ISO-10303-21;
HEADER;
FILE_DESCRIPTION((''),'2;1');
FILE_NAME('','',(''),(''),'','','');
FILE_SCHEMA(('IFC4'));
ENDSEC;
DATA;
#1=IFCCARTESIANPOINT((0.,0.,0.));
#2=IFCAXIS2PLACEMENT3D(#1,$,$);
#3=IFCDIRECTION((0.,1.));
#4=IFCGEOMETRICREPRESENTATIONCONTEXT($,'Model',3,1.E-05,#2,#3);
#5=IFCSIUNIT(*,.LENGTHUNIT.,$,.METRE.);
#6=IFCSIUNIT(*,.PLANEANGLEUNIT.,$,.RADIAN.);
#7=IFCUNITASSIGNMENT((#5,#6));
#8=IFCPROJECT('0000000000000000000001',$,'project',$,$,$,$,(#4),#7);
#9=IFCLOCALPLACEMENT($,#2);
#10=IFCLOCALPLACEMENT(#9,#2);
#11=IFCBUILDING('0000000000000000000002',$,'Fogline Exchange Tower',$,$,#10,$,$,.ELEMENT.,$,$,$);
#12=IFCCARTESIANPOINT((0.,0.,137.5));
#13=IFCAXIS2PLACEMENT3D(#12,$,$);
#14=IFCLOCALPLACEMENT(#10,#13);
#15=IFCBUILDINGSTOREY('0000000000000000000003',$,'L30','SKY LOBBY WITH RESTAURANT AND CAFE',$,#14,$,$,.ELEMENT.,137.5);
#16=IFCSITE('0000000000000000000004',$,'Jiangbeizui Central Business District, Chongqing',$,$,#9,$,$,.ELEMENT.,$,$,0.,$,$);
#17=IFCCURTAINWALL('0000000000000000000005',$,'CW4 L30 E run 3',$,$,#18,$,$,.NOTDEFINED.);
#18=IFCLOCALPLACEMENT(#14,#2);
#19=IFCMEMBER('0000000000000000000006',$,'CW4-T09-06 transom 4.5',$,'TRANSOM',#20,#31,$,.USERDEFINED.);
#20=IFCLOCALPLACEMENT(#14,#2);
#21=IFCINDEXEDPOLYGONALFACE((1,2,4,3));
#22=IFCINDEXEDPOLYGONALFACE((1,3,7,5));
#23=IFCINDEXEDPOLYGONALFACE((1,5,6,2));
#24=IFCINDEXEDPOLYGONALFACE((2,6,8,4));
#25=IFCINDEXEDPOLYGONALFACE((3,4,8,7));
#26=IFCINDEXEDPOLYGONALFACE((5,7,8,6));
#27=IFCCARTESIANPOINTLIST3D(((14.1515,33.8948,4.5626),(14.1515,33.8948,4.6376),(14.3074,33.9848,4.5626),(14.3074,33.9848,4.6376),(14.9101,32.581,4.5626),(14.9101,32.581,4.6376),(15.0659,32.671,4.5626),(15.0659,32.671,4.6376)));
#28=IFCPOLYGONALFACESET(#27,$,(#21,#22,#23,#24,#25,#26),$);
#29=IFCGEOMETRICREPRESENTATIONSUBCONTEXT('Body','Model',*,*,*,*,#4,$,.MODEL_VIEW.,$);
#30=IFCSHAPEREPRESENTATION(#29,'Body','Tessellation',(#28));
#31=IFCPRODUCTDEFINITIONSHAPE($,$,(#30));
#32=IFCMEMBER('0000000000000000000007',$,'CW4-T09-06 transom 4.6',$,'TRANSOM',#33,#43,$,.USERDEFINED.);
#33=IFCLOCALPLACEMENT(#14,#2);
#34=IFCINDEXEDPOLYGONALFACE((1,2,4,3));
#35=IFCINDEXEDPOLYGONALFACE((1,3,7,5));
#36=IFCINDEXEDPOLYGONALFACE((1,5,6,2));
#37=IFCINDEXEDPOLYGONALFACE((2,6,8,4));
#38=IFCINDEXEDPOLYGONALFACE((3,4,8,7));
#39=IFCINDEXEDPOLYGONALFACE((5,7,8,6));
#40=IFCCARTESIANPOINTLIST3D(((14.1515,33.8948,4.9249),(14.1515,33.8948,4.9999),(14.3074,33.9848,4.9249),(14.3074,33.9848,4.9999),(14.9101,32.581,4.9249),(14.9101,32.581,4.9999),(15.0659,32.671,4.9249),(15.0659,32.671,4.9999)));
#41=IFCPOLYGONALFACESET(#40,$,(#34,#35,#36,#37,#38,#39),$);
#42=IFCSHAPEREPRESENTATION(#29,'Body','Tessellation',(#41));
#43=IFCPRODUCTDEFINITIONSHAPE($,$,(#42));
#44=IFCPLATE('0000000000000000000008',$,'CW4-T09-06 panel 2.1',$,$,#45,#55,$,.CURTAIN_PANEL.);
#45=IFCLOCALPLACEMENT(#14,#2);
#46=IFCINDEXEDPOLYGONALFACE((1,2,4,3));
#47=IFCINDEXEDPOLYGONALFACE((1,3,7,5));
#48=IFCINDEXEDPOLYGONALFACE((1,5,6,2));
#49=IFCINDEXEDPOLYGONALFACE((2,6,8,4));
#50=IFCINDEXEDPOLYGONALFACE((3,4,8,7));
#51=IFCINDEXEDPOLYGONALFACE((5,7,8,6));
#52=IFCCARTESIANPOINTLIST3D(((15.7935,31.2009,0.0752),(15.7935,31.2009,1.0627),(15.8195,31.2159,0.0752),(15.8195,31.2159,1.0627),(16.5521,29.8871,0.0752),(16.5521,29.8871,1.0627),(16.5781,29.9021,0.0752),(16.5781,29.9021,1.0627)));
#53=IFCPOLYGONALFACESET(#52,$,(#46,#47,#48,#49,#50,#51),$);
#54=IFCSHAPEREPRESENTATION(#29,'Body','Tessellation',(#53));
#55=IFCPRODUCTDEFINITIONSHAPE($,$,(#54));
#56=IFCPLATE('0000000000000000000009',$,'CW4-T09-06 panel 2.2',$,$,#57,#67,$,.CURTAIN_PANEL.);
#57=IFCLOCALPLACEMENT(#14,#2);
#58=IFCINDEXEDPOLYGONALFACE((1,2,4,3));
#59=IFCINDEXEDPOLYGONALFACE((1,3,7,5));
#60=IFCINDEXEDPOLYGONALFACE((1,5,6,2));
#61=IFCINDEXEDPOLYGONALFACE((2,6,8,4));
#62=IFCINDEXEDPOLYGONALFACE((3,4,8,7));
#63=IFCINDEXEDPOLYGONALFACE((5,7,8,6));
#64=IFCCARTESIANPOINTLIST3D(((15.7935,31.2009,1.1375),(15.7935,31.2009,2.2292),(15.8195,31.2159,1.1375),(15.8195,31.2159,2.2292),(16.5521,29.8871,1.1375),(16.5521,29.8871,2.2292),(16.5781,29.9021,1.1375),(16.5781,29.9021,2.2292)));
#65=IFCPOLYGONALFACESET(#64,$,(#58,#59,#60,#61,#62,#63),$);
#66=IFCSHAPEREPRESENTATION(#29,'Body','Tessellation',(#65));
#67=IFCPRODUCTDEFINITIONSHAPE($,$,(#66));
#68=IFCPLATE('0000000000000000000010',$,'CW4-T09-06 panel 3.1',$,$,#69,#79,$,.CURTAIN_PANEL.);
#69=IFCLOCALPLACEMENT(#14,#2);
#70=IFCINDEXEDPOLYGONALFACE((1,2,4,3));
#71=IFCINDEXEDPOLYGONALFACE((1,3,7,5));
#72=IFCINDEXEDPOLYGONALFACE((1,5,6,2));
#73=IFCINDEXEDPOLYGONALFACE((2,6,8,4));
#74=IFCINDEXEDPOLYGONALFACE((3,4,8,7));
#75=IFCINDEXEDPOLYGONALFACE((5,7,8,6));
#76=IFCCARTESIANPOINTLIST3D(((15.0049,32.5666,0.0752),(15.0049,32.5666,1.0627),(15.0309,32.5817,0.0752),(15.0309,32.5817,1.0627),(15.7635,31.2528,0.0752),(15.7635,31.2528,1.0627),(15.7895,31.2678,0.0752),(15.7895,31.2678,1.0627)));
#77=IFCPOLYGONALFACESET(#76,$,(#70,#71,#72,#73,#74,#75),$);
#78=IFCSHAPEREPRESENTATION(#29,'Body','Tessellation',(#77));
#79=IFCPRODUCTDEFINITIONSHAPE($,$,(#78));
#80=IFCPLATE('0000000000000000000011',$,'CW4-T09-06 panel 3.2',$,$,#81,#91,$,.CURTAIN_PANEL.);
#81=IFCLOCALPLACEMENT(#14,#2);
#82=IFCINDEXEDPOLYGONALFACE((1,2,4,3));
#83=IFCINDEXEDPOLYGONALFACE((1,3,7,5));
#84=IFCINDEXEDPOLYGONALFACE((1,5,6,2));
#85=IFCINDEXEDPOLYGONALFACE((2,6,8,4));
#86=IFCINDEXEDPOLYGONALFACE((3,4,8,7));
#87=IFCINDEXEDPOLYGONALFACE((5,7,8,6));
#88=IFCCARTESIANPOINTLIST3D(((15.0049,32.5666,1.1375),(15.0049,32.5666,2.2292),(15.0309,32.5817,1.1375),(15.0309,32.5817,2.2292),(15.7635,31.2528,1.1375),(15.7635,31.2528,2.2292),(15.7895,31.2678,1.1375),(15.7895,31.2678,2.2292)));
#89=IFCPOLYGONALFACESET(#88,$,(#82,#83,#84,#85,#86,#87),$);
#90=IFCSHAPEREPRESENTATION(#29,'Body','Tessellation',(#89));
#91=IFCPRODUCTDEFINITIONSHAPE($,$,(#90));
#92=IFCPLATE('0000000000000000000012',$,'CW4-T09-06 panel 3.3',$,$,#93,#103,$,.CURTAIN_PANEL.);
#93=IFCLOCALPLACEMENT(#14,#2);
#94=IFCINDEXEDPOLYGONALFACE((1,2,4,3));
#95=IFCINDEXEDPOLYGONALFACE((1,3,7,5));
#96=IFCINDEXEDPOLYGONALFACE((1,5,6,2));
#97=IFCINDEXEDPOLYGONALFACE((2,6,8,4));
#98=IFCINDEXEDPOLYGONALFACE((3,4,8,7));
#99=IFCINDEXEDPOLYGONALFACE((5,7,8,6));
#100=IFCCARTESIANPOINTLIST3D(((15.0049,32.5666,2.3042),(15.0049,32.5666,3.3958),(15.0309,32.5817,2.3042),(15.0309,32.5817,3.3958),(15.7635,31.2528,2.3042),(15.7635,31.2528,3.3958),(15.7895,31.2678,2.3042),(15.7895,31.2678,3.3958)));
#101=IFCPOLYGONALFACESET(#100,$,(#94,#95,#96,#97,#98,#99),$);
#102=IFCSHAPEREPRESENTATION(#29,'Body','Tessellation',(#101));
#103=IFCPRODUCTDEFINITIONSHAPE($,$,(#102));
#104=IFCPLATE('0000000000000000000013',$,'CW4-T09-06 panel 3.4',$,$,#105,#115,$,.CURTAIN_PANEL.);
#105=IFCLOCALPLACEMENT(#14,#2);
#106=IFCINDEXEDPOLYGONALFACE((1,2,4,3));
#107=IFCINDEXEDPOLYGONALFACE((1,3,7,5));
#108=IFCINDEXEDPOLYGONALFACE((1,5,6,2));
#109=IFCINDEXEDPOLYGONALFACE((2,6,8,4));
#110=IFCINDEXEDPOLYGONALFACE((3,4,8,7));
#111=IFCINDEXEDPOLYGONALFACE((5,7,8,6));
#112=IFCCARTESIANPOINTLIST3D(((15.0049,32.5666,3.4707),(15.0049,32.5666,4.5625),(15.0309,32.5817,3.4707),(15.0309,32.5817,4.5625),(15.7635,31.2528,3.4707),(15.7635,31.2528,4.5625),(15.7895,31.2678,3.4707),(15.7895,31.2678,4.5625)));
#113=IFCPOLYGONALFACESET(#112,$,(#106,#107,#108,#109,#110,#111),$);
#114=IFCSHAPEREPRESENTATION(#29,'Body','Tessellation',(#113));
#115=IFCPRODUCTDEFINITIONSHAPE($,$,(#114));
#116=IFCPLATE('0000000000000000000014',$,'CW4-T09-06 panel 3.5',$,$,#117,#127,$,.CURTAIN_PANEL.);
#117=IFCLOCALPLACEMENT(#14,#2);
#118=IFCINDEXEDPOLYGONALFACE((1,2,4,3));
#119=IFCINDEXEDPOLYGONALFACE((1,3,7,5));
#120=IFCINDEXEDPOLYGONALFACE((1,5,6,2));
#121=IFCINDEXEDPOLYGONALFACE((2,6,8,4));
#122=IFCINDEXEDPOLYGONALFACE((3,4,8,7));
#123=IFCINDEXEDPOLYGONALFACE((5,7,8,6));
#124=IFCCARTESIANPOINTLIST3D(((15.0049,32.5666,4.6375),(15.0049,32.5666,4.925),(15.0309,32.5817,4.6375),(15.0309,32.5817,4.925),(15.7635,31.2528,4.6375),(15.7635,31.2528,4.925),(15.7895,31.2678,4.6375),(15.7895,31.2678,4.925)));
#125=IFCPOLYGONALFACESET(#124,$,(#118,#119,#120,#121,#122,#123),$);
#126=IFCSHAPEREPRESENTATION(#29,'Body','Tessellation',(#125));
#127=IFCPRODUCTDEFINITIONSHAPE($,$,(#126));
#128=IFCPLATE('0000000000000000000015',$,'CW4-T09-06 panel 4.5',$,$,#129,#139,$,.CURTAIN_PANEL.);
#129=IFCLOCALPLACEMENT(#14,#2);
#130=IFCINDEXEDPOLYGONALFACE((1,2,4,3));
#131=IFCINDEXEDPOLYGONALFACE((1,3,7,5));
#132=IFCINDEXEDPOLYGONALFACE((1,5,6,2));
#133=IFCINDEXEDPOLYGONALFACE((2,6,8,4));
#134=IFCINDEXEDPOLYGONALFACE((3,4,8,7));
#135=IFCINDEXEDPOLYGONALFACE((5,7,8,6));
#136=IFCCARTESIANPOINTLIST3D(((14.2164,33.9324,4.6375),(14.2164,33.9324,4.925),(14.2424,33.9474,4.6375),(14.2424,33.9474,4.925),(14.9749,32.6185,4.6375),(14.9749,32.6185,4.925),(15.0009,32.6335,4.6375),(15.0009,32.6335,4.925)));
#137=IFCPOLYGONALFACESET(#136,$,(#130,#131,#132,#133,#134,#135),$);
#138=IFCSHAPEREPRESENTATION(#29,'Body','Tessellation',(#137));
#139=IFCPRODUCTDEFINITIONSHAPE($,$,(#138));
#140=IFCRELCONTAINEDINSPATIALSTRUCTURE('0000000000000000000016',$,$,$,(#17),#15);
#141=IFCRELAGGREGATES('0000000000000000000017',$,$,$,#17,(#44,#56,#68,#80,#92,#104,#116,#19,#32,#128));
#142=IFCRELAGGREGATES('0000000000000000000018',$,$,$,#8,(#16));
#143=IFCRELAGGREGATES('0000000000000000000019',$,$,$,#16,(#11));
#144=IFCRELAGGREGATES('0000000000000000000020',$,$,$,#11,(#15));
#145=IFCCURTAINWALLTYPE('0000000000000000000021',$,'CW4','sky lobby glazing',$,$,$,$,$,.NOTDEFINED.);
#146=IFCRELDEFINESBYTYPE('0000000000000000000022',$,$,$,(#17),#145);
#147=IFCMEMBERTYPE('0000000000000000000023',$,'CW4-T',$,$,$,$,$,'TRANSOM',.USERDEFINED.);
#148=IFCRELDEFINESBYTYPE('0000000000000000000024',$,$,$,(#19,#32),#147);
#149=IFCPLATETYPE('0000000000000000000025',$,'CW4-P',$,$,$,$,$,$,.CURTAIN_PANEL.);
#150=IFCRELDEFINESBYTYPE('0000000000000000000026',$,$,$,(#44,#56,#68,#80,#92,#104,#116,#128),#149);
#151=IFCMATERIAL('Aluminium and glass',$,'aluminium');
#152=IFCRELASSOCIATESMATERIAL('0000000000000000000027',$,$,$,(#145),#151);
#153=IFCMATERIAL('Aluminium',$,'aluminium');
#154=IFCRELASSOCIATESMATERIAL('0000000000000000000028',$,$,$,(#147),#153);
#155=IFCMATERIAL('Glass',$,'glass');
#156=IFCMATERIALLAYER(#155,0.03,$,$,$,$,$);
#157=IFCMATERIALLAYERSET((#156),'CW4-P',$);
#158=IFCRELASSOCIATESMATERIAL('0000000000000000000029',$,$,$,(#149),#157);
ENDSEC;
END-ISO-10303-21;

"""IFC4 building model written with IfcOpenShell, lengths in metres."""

from ifc_helpers import new_model, si_unit, direction, frame, origin, origin_2d, place, context, subcontext, project, spatial, rectangle, extrude, material, layer, layer_set, material_profile, profile_set, type_object, element, aggregate, save


model = new_model("IFC4")

# Units and contexts
model_context = context("Model", 3, precision=1e-05, world=origin(), true_north=direction((0.0, 1.0)))
body_context = subcontext(model_context, "Body", "Model", "MODEL_VIEW")
ifc_project = project(units=[si_unit("LENGTHUNIT", "METRE"), si_unit("PLANEANGLEUNIT", "RADIAN")], contexts=[model_context])

# Site, building, storey
site_placement = place(None, origin())
site = spatial("IfcSite", under=ifc_project, at=site_placement, Name="Jiangbeizui Central Business District, Chongqing", CompositionType="ELEMENT", RefElevation=0.0)
building_placement = place(site_placement, origin())
building = spatial("IfcBuilding", under=site, at=building_placement, Name="Fogline Exchange Tower", CompositionType="ELEMENT")
storey_placement = place(building_placement, frame((0.0, 0.0, 137.5)))
storey = spatial("IfcBuildingStorey", under=building, at=storey_placement, Name="L30", Description="SKY LOBBY WITH RESTAURANT AND CAFE", CompositionType="ELEMENT", Elevation=137.5)

# Curtain wall, members, plates
ifc_material_1 = material(Name="Aluminium and glass", Category="aluminium")
curtain_wall_type = type_object("IfcCurtainWallType", Name="CW4", Description="sky lobby glazing", PredefinedType="NOTDEFINED", material=ifc_material_1)
curtain_wall_placement = place(storey_placement, origin())
curtain_wall = element("IfcCurtainWall", 1, at=curtain_wall_placement, inside=storey, type_object=curtain_wall_type, Name="CW4 L30 E run 3", PredefinedType="NOTDEFINED")
ifc_material_2 = material(Name="Aluminium", Category="aluminium")
ifc_material_profile_1 = material_profile(ifc_material_2, rectangle(XDim=0.1799, YDim=0.075, at=origin_2d()), Name="Transom 75x180")
ifc_profile_set_1 = profile_set([ifc_material_profile_1], Name="Aluminium")
member_type_1 = type_object("IfcMemberType", Name="CW4-T", ElementType="TRANSOM", PredefinedType="USERDEFINED", material=ifc_profile_set_1)
member_1_placement = place(storey_placement, frame((14.988, 32.626, 4.6001), z_axis=(-0.500034, 0.866006, 0.0), x_axis=(-0.866006, -0.500034, 0.0)))
member_1 = element("IfcMember", 2, at=member_1_placement, type_object=member_type_1, Name="CW4-T09-06 transom 4.5", ObjectType="TRANSOM", PredefinedType="USERDEFINED", context=body_context, shape_type="SweptSolid", body=[
    extrude(rectangle(XDim=0.1799, YDim=0.075, at=origin_2d()), origin(), (0.0, 0.0, 1.0), 1.5171),
])
member_2_placement = place(storey_placement, frame((14.988, 32.626, 4.9624), z_axis=(-0.500034, 0.866006, 0.0), x_axis=(-0.866006, -0.500034, 0.0)))
member_2 = element("IfcMember", 3, at=member_2_placement, type_object=member_type_1, Name="CW4-T09-06 transom 4.6", ObjectType="TRANSOM", PredefinedType="USERDEFINED", context=body_context, shape_type="SweptSolid", body=[
    extrude(rectangle(XDim=0.1799, YDim=0.075, at=origin_2d()), origin(), (0.0, 0.0, 1.0), 1.5171),
])
ifc_material_3 = material(Name="Glass", Category="glass")
ifc_layer = layer(ifc_material_3, 0.03)
ifc_layer_set = layer_set([ifc_layer], Name="CW4-P")
plate_type = type_object("IfcPlateType", Name="CW4-P", PredefinedType="CURTAIN_PANEL", material=ifc_layer_set)
plate_1_placement = place(storey_placement, frame((16.1858, 30.5515, 0.0752), z_axis=(0.0, 0.0, 1.0), x_axis=(-0.5, 0.866025, 0.0)))
plate_1 = element("IfcPlate", 4, at=plate_1_placement, type_object=plate_type, Name="CW4-T09-06 panel 2.1", PredefinedType="CURTAIN_PANEL", context=body_context, shape_type="SweptSolid", body=[
    extrude(rectangle(XDim=1.5171, YDim=0.03, at=origin_2d()), origin(), (0.0, 0.0, 1.0), 0.9875),
])
plate_2_placement = place(storey_placement, frame((16.1858, 30.5515, 1.1375), z_axis=(0.0, 0.0, 1.0), x_axis=(-0.5, 0.866025, 0.0)))
plate_2 = element("IfcPlate", 5, at=plate_2_placement, type_object=plate_type, Name="CW4-T09-06 panel 2.2", PredefinedType="CURTAIN_PANEL", context=body_context, shape_type="SweptSolid", body=[
    extrude(rectangle(XDim=1.5171, YDim=0.03, at=origin_2d()), origin(), (0.0, 0.0, 1.0), 1.0918),
])
plate_3_placement = place(storey_placement, frame((15.3972, 31.9172, 0.0752), z_axis=(0.0, 0.0, 1.0), x_axis=(-0.5, 0.866025, 0.0)))
plate_3 = element("IfcPlate", 6, at=plate_3_placement, type_object=plate_type, Name="CW4-T09-06 panel 3.1", PredefinedType="CURTAIN_PANEL", context=body_context, shape_type="SweptSolid", body=[
    extrude(rectangle(XDim=1.5171, YDim=0.03, at=origin_2d()), origin(), (0.0, 0.0, 1.0), 0.9875),
])
plate_4_placement = place(storey_placement, frame((15.3972, 31.9172, 1.1375), z_axis=(0.0, 0.0, 1.0), x_axis=(-0.5, 0.866025, 0.0)))
plate_4 = element("IfcPlate", 7, at=plate_4_placement, type_object=plate_type, Name="CW4-T09-06 panel 3.2", PredefinedType="CURTAIN_PANEL", context=body_context, shape_type="SweptSolid", body=[
    extrude(rectangle(XDim=1.5171, YDim=0.03, at=origin_2d()), origin(), (0.0, 0.0, 1.0), 1.0918),
])
plate_5_placement = place(storey_placement, frame((15.3972, 31.9172, 2.3042), z_axis=(0.0, 0.0, 1.0), x_axis=(-0.5, 0.866025, 0.0)))
plate_5 = element("IfcPlate", 8, at=plate_5_placement, type_object=plate_type, Name="CW4-T09-06 panel 3.3", PredefinedType="CURTAIN_PANEL", context=body_context, shape_type="SweptSolid", body=[
    extrude(rectangle(XDim=1.5171, YDim=0.03, at=origin_2d()), origin(), (0.0, 0.0, 1.0), 1.0916),
])
plate_6_placement = place(storey_placement, frame((15.3972, 31.9172, 3.4707), z_axis=(0.0, 0.0, 1.0), x_axis=(-0.5, 0.866025, 0.0)))
plate_6 = element("IfcPlate", 9, at=plate_6_placement, type_object=plate_type, Name="CW4-T09-06 panel 3.4", PredefinedType="CURTAIN_PANEL", context=body_context, shape_type="SweptSolid", body=[
    extrude(rectangle(XDim=1.5171, YDim=0.03, at=origin_2d()), origin(), (0.0, 0.0, 1.0), 1.0918),
])
plate_7_placement = place(storey_placement, frame((15.3972, 31.9172, 4.6375), z_axis=(0.0, 0.0, 1.0), x_axis=(-0.5, 0.866025, 0.0)))
plate_7 = element("IfcPlate", 10, at=plate_7_placement, type_object=plate_type, Name="CW4-T09-06 panel 3.5", PredefinedType="CURTAIN_PANEL", context=body_context, shape_type="SweptSolid", body=[
    extrude(rectangle(XDim=1.5171, YDim=0.03, at=origin_2d()), origin(), (0.0, 0.0, 1.0), 0.2876),
])
plate_8_placement = place(storey_placement, frame((14.6086, 33.283, 4.6375), z_axis=(0.0, 0.0, 1.0), x_axis=(-0.5, 0.866025, 0.0)))
plate_8 = element("IfcPlate", 11, at=plate_8_placement, type_object=plate_type, Name="CW4-T09-06 panel 4.5", PredefinedType="CURTAIN_PANEL", context=body_context, shape_type="SweptSolid", body=[
    extrude(rectangle(XDim=1.5171, YDim=0.03, at=origin_2d()), origin(), (0.0, 0.0, 1.0), 0.2876),
])
aggregate(curtain_wall, [plate_1, plate_2, plate_3, plate_4, plate_5, plate_6, plate_7, member_1, member_2, plate_8])

save(model, "model.ifc")
